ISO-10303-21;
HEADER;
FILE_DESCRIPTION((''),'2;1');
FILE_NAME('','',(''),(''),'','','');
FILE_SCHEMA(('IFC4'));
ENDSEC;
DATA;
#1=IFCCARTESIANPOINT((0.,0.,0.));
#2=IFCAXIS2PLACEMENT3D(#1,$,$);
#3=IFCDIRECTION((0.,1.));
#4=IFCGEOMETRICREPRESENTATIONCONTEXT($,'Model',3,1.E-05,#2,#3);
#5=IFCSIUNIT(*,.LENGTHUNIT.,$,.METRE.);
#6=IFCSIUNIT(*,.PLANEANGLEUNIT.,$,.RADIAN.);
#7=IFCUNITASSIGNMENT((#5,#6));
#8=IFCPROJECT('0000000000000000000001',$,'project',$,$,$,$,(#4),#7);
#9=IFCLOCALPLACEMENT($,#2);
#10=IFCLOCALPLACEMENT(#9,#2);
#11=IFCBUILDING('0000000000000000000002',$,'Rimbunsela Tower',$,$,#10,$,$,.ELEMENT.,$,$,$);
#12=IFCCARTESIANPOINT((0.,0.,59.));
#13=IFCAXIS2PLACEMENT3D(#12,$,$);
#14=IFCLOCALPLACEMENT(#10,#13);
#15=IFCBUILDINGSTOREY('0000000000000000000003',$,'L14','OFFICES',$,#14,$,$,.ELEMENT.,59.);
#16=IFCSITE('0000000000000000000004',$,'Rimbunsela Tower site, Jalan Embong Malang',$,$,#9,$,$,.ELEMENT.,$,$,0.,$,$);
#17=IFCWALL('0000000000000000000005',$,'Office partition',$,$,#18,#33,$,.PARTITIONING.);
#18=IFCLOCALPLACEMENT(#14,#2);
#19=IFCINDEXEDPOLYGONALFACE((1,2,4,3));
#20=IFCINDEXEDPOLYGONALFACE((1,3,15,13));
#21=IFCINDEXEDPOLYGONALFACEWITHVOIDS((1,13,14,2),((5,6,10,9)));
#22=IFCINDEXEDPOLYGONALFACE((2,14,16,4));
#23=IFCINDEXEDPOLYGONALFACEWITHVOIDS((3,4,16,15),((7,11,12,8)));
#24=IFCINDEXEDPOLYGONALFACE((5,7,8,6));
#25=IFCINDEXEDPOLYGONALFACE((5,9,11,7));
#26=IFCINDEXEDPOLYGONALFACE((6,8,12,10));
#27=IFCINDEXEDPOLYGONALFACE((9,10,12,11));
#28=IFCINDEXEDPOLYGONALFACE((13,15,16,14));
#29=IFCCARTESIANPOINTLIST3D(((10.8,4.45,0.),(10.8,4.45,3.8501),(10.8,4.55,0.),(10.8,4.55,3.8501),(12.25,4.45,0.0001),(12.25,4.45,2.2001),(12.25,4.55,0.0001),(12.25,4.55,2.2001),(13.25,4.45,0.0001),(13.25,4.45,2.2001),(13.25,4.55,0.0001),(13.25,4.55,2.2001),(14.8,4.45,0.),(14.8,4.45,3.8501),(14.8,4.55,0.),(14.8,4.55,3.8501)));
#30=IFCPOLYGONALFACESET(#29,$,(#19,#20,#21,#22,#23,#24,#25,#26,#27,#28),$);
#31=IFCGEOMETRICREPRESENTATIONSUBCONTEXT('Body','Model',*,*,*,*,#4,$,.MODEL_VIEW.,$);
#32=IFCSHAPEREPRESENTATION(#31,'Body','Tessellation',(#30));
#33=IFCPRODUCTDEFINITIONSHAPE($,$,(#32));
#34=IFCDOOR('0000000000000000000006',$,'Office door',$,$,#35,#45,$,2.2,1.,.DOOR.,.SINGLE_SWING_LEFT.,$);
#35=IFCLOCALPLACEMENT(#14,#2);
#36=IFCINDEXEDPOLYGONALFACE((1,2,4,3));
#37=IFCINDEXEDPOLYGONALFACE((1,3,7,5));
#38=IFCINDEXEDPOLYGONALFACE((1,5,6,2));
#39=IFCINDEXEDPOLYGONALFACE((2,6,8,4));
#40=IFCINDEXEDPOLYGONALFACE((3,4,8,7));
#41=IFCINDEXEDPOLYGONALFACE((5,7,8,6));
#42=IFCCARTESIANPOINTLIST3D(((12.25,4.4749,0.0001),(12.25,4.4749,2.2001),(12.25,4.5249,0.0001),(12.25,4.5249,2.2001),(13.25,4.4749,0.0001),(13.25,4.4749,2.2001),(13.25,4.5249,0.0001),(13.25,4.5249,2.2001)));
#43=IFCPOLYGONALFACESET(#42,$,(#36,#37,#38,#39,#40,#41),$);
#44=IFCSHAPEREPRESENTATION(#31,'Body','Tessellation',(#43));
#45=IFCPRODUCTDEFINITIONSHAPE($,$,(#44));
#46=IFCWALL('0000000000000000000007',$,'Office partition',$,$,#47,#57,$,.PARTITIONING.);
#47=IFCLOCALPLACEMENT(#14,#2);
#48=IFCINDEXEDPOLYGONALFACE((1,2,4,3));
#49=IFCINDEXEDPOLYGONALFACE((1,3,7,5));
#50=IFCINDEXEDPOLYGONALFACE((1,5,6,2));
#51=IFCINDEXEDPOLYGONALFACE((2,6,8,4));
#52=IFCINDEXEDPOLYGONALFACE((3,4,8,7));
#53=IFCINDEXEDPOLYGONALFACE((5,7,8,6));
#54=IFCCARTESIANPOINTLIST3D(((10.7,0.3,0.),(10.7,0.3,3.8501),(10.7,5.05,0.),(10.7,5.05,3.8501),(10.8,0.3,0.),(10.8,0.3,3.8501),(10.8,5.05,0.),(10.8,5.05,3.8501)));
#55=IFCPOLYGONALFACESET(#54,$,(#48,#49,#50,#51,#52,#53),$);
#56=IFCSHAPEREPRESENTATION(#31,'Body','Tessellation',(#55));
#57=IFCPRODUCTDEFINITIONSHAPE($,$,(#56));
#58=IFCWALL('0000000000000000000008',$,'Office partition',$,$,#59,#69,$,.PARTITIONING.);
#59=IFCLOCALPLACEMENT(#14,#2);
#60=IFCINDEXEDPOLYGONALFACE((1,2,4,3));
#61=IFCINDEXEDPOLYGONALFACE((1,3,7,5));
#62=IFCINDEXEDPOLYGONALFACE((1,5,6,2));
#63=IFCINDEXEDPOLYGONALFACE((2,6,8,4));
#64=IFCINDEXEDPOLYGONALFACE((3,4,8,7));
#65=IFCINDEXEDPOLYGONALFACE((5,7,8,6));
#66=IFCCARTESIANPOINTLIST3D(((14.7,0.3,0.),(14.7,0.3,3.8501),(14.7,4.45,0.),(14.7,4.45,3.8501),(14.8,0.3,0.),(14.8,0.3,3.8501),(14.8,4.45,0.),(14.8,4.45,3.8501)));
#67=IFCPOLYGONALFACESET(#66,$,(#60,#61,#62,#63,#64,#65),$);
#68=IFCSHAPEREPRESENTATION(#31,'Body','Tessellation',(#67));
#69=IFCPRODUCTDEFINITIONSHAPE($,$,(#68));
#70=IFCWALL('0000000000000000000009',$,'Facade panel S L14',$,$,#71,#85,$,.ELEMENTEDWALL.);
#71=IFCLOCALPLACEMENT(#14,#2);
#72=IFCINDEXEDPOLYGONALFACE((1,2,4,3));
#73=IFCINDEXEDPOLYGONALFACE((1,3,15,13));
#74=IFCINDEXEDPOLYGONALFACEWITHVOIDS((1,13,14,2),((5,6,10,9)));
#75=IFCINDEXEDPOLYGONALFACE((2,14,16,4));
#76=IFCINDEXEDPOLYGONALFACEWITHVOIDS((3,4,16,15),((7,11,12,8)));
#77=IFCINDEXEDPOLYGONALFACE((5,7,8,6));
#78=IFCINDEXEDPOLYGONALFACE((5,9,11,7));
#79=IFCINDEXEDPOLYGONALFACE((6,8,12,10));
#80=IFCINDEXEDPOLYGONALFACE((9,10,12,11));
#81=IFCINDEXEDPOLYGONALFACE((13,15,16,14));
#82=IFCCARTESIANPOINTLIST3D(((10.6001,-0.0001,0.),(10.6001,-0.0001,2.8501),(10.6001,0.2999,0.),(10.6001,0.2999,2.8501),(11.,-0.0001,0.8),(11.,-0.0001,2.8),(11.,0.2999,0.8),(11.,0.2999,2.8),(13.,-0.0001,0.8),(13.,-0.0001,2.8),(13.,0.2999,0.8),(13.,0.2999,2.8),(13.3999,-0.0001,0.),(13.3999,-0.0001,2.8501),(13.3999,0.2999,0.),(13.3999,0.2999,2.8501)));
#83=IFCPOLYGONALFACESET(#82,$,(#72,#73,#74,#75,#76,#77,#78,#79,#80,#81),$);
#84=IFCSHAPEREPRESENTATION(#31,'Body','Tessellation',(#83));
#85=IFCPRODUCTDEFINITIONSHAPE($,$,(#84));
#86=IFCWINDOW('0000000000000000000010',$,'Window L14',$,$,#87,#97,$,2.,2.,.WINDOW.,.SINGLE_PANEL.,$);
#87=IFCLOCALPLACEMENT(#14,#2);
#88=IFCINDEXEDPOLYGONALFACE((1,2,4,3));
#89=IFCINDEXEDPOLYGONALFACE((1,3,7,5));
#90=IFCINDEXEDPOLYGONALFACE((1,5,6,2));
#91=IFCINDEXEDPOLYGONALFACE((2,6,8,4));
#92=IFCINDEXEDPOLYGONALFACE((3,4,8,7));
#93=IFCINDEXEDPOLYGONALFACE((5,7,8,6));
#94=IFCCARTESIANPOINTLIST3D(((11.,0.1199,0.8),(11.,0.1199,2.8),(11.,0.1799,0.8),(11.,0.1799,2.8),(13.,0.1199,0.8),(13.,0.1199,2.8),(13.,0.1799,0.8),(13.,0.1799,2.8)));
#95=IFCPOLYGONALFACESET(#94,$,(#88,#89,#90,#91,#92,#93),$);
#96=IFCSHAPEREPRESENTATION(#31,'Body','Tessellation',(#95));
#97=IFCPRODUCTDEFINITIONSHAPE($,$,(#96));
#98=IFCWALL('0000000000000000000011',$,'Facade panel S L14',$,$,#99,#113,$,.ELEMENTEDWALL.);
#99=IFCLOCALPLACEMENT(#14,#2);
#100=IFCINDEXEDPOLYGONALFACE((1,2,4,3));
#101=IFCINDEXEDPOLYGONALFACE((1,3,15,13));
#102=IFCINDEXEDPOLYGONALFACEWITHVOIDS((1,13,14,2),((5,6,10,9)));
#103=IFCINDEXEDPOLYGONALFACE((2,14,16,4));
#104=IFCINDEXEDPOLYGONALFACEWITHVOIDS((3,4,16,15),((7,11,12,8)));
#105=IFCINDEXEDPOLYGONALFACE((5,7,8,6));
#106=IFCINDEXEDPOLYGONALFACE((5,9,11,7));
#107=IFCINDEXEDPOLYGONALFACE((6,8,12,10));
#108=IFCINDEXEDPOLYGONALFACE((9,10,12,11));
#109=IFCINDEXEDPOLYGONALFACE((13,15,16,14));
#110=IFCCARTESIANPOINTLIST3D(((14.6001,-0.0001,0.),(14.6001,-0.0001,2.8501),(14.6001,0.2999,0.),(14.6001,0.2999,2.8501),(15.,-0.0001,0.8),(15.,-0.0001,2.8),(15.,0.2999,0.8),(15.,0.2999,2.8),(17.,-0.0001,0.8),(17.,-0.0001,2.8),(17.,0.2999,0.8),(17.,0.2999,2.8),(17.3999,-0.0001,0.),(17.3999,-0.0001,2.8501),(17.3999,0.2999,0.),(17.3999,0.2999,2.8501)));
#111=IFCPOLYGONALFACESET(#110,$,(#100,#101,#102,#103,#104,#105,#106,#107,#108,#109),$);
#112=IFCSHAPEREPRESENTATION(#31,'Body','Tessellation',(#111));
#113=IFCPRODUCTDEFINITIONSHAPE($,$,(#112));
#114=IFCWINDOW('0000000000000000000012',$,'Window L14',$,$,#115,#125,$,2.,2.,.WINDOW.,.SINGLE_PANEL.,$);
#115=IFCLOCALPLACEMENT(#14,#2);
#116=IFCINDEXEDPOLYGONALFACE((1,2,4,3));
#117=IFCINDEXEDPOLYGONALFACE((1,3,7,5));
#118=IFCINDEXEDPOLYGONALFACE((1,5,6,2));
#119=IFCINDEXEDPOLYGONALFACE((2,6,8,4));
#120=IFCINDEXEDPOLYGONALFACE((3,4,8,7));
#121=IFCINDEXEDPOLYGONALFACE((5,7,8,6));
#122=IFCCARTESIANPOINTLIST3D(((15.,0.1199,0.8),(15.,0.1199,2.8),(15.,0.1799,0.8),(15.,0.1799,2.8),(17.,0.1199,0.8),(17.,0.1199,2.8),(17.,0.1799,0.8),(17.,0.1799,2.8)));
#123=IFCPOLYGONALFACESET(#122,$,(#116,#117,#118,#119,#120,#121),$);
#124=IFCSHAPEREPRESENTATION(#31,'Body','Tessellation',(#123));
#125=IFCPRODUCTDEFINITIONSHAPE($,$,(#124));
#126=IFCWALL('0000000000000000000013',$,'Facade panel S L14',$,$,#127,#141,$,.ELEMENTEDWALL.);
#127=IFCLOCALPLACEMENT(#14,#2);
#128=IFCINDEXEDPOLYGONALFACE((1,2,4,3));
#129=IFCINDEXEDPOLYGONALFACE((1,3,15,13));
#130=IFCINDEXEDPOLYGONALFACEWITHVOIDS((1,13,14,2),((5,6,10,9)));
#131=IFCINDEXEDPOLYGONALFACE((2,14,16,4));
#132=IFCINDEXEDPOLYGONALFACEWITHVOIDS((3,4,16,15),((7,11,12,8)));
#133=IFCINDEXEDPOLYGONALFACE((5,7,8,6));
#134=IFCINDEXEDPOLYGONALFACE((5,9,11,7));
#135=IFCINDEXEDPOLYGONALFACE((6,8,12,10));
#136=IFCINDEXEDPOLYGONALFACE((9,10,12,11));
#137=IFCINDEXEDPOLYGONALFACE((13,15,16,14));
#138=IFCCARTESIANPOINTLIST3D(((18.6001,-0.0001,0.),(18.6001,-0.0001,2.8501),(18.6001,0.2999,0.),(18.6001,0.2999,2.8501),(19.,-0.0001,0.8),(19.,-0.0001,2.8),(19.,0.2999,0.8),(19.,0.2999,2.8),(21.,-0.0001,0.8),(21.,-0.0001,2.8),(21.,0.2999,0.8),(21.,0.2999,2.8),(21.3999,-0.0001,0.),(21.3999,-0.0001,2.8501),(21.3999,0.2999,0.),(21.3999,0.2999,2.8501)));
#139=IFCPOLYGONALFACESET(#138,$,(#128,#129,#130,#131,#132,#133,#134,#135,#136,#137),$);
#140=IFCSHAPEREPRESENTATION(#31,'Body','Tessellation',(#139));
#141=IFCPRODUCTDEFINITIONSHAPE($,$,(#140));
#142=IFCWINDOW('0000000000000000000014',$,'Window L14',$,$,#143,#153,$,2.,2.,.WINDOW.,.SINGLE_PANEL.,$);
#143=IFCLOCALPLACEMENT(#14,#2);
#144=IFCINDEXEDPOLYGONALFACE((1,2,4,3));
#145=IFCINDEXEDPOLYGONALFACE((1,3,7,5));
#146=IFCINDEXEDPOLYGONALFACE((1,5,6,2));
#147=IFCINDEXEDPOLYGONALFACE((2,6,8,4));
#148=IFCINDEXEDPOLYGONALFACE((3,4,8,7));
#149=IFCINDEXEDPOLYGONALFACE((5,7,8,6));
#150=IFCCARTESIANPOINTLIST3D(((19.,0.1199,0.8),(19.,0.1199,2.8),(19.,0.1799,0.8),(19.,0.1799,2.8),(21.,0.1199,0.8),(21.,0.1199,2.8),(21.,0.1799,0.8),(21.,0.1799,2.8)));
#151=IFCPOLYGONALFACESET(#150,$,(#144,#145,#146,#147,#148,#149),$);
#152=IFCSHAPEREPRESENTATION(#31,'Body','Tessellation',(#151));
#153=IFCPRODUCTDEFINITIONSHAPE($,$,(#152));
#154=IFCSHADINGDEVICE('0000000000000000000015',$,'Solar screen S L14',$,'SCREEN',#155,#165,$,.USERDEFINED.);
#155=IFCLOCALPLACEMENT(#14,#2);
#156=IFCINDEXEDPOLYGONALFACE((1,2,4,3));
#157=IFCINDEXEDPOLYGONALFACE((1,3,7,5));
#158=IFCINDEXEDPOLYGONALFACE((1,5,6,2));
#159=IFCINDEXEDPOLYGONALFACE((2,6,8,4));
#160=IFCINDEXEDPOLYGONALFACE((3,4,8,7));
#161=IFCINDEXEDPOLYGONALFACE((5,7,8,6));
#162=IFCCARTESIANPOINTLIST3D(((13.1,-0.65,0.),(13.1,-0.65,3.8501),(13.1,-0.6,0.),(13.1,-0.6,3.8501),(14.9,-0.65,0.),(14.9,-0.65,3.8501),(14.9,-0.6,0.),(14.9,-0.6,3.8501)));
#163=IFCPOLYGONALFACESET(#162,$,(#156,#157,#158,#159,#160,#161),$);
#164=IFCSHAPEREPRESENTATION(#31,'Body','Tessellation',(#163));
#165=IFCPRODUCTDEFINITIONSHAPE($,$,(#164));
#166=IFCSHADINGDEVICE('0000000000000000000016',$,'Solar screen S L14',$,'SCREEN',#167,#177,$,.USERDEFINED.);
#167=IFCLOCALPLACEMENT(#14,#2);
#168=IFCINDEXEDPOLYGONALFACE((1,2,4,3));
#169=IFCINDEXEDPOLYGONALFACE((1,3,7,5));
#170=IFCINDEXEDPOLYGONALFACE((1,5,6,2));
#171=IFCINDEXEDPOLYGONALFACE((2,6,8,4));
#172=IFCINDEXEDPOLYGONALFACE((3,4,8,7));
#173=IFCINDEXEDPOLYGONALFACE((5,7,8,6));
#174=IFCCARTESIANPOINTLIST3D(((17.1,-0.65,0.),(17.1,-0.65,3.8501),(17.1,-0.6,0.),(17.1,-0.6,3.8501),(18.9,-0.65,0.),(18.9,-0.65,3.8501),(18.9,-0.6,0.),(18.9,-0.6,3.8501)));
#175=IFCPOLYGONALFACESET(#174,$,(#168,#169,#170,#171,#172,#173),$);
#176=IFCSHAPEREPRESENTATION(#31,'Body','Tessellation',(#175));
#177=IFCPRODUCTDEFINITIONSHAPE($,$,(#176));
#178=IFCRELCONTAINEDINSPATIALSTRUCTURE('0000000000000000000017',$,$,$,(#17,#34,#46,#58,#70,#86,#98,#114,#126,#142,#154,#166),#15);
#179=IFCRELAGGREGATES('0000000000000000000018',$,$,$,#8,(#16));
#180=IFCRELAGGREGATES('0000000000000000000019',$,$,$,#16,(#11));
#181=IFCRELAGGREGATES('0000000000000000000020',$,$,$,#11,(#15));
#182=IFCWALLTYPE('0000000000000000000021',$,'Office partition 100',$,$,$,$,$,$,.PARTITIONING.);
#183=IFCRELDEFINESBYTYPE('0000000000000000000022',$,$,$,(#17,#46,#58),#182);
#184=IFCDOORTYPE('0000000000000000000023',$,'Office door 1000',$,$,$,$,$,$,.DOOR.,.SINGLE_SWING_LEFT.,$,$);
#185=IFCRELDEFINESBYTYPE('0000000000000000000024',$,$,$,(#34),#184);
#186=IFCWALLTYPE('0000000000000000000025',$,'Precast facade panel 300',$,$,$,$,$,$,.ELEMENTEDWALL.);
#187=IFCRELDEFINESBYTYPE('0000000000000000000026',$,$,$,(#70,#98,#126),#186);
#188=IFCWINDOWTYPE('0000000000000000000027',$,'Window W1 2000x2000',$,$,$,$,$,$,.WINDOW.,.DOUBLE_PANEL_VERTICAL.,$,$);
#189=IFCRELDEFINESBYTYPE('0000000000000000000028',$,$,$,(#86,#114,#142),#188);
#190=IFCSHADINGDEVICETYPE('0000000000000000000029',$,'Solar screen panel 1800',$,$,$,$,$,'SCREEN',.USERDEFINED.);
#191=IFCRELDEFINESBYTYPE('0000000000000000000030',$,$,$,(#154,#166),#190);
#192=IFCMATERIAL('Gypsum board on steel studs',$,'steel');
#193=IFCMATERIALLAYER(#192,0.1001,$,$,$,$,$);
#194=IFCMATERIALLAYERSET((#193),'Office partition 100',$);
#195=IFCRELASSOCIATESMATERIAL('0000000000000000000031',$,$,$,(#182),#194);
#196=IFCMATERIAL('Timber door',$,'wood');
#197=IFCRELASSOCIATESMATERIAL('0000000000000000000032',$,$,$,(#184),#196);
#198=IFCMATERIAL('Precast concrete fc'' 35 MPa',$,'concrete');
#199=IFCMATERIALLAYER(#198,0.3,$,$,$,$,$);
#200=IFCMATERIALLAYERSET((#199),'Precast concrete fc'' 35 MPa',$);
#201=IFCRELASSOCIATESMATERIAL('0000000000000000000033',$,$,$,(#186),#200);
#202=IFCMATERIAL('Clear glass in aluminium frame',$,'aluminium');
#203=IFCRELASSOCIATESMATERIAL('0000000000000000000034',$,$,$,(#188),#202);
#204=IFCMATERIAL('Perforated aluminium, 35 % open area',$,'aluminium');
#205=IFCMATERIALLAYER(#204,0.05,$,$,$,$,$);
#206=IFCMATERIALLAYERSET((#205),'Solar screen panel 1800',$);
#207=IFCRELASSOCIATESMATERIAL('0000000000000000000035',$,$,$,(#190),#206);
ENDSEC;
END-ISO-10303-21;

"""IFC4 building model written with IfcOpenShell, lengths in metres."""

from ifc_helpers import new_model, si_unit, direction, frame, frame_2d, origin, origin_2d, place, context, subcontext, project, spatial, rectangle, extrude, material, layer, layer_set, type_object, element, fill, save


model = new_model("IFC4")

# Units and contexts
model_context = context("Model", 3, precision=1e-05, world=origin(), true_north=direction((0.0, 1.0)))
body_context = subcontext(model_context, "Body", "Model", "MODEL_VIEW")
ifc_project = project(units=[si_unit("LENGTHUNIT", "METRE"), si_unit("PLANEANGLEUNIT", "RADIAN")], contexts=[model_context])

# Site, building, storey
site_placement = place(None, origin())
site = spatial("IfcSite", under=ifc_project, at=site_placement, Name="Rimbunsela Tower site, Jalan Embong Malang", CompositionType="ELEMENT", RefElevation=0.0)
building_placement = place(site_placement, origin())
building = spatial("IfcBuilding", under=site, at=building_placement, Name="Rimbunsela Tower", CompositionType="ELEMENT")
storey_placement = place(building_placement, frame((0.0, 0.0, 59.0)))
storey = spatial("IfcBuildingStorey", under=building, at=storey_placement, Name="L14", Description="OFFICES", CompositionType="ELEMENT", Elevation=59.0)

# Wall, opening, door
ifc_material_1 = material(Name="Gypsum board on steel studs", Category="steel")
ifc_layer_1 = layer(ifc_material_1, 0.1001)
ifc_layer_set_1 = layer_set([ifc_layer_1], Name="Office partition 100")
wall_type_1 = type_object("IfcWallType", Name="Office partition 100", PredefinedType="PARTITIONING", material=ifc_layer_set_1)
wall_1_placement = place(storey_placement, frame((10.8, 4.5, 0.0), z_axis=(0.0, 0.0, 1.0), x_axis=(1.0, 0.0, 0.0)))
wall_1 = element("IfcWall", 1, at=wall_1_placement, inside=storey, type_object=wall_type_1, Name="Office partition", PredefinedType="PARTITIONING", context=body_context, shape_type="SweptSolid", body=[
    extrude(rectangle(XDim=4.0, YDim=0.1001, at=frame_2d((2.0, 0.0))), origin(), (0.0, 0.0, 1.0), 3.8501),
])
opening_1_placement = place(wall_1_placement, frame((1.45, 0.0, 0.0)))
opening_1 = element("IfcOpeningElement", 2, at=opening_1_placement, cuts=wall_1, PredefinedType="OPENING", context=body_context, shape_type="SweptSolid", body=[
    extrude(rectangle(XDim=1.0, YDim=2.2, at=frame_2d((0.5, 1.1001))), frame((0.0, 0.0601, 0.0), z_axis=(0.0, -1.0, 0.0), x_axis=(1.0, 0.0, 0.0)), (0.0, 0.0, 1.0), 0.1201),
])
ifc_material_2 = material(Name="Timber door", Category="wood")
door_type = type_object("IfcDoorType", Name="Office door 1000", OperationType="SINGLE_SWING_LEFT", PredefinedType="DOOR", material=ifc_material_2)
door_placement = place(opening_1_placement, origin())
door = element("IfcDoor", 3, at=door_placement, inside=storey, type_object=door_type, Name="Office door", OperationType="SINGLE_SWING_LEFT", OverallHeight=2.2, OverallWidth=1.0, PredefinedType="DOOR", context=body_context, shape_type="SweptSolid", body=[
    extrude(rectangle(XDim=1.0, YDim=2.2, at=frame_2d((0.5, 1.1001))), frame((0.0, 0.0249, 0.0), z_axis=(0.0, -1.0, 0.0), x_axis=(1.0, 0.0, 0.0)), (0.0, 0.0, 1.0), 0.05),
])
fill(opening_1, door)

# Walls
wall_2_placement = place(storey_placement, frame((10.75, 0.3, 0.0), z_axis=(0.0, 0.0, 1.0), x_axis=(0.0, 1.0, 0.0)))
element("IfcWall", 4, at=wall_2_placement, inside=storey, type_object=wall_type_1, Name="Office partition", PredefinedType="PARTITIONING", context=body_context, shape_type="SweptSolid", body=[
    extrude(rectangle(XDim=4.75, YDim=0.1001, at=frame_2d((2.375, 0.0))), origin(), (0.0, 0.0, 1.0), 3.8501),
])
wall_3_placement = place(storey_placement, frame((14.75, 0.3, 0.0), z_axis=(0.0, 0.0, 1.0), x_axis=(0.0, 1.0, 0.0)))
element("IfcWall", 5, at=wall_3_placement, inside=storey, type_object=wall_type_1, Name="Office partition", PredefinedType="PARTITIONING", context=body_context, shape_type="SweptSolid", body=[
    extrude(rectangle(XDim=4.1499, YDim=0.1001, at=frame_2d((2.075, 0.0))), origin(), (0.0, 0.0, 1.0), 3.8501),
])

# Walls, openings, windows
ifc_material_3 = material(Name="Precast concrete fc' 35 MPa", Category="concrete")
ifc_layer_2 = layer(ifc_material_3, 0.3)
ifc_layer_set_2 = layer_set([ifc_layer_2], Name="Precast concrete fc' 35 MPa")
wall_type_2 = type_object("IfcWallType", Name="Precast facade panel 300", PredefinedType="ELEMENTEDWALL", material=ifc_layer_set_2)
wall_4_placement = place(storey_placement, frame((10.6001, 0.1499, 0.0), z_axis=(0.0, 0.0, 1.0), x_axis=(1.0, 0.0, 0.0)))
wall_4 = element("IfcWall", 6, at=wall_4_placement, inside=storey, type_object=wall_type_2, Name="Facade panel S L14", PredefinedType="ELEMENTEDWALL", context=body_context, shape_type="SweptSolid", body=[
    extrude(rectangle(XDim=2.7998, YDim=0.3, at=frame_2d((1.3999, 0.0))), origin(), (0.0, 0.0, 1.0), 2.8501),
])
opening_2_placement = place(wall_4_placement, frame((0.3999, 0.0, 0.8)))
opening_2 = element("IfcOpeningElement", 7, at=opening_2_placement, cuts=wall_4, PredefinedType="OPENING", context=body_context, shape_type="SweptSolid", body=[
    extrude(rectangle(XDim=2.0, YDim=2.0, at=frame_2d((1.0, 1.0))), frame((0.0, 0.1599, 0.0), z_axis=(0.0, -1.0, 0.0), x_axis=(1.0, 0.0, 0.0)), (0.0, 0.0, 1.0), 0.3201),
])
ifc_material_4 = material(Name="Clear glass in aluminium frame", Category="aluminium")
window_type = type_object("IfcWindowType", Name="Window W1 2000x2000", PartitioningType="DOUBLE_PANEL_VERTICAL", PredefinedType="WINDOW", material=ifc_material_4)
window_1_placement = place(opening_2_placement, origin())
window_1 = element("IfcWindow", 8, at=window_1_placement, inside=storey, type_object=window_type, Name="Window L14", OverallHeight=2.0, OverallWidth=2.0, PartitioningType="SINGLE_PANEL", PredefinedType="WINDOW", context=body_context, shape_type="SweptSolid", body=[
    extrude(rectangle(XDim=2.0, YDim=2.0, at=frame_2d((1.0, 1.0))), frame((0.0, 0.03, 0.0), z_axis=(0.0, -1.0, 0.0), x_axis=(1.0, 0.0, 0.0)), (0.0, 0.0, 1.0), 0.0601),
])
fill(opening_2, window_1)
wall_5_placement = place(storey_placement, frame((14.6001, 0.1499, 0.0), z_axis=(0.0, 0.0, 1.0), x_axis=(1.0, 0.0, 0.0)))
wall_5 = element("IfcWall", 9, at=wall_5_placement, inside=storey, type_object=wall_type_2, Name="Facade panel S L14", PredefinedType="ELEMENTEDWALL", context=body_context, shape_type="SweptSolid", body=[
    extrude(rectangle(XDim=2.7998, YDim=0.3, at=frame_2d((1.3999, 0.0))), origin(), (0.0, 0.0, 1.0), 2.8501),
])
opening_3_placement = place(wall_5_placement, frame((0.3999, 0.0, 0.8)))
opening_3 = element("IfcOpeningElement", 10, at=opening_3_placement, cuts=wall_5, PredefinedType="OPENING", context=body_context, shape_type="SweptSolid", body=[
    extrude(rectangle(XDim=2.0, YDim=2.0, at=frame_2d((1.0, 1.0))), frame((0.0, 0.1599, 0.0), z_axis=(0.0, -1.0, 0.0), x_axis=(1.0, 0.0, 0.0)), (0.0, 0.0, 1.0), 0.3201),
])
window_2_placement = place(opening_3_placement, origin())
window_2 = element("IfcWindow", 11, at=window_2_placement, inside=storey, type_object=window_type, Name="Window L14", OverallHeight=2.0, OverallWidth=2.0, PartitioningType="SINGLE_PANEL", PredefinedType="WINDOW", context=body_context, shape_type="SweptSolid", body=[
    extrude(rectangle(XDim=2.0, YDim=2.0, at=frame_2d((1.0, 1.0))), frame((0.0, 0.03, 0.0), z_axis=(0.0, -1.0, 0.0), x_axis=(1.0, 0.0, 0.0)), (0.0, 0.0, 1.0), 0.0601),
])
fill(opening_3, window_2)
wall_6_placement = place(storey_placement, frame((18.6001, 0.1499, 0.0), z_axis=(0.0, 0.0, 1.0), x_axis=(1.0, 0.0, 0.0)))
wall_6 = element("IfcWall", 12, at=wall_6_placement, inside=storey, type_object=wall_type_2, Name="Facade panel S L14", PredefinedType="ELEMENTEDWALL", context=body_context, shape_type="SweptSolid", body=[
    extrude(rectangle(XDim=2.7998, YDim=0.3, at=frame_2d((1.3999, 0.0))), origin(), (0.0, 0.0, 1.0), 2.8501),
])
opening_4_placement = place(wall_6_placement, frame((0.3999, 0.0, 0.8)))
opening_4 = element("IfcOpeningElement", 13, at=opening_4_placement, cuts=wall_6, PredefinedType="OPENING", context=body_context, shape_type="SweptSolid", body=[
    extrude(rectangle(XDim=2.0, YDim=2.0, at=frame_2d((1.0, 1.0))), frame((0.0, 0.1599, 0.0), z_axis=(0.0, -1.0, 0.0), x_axis=(1.0, 0.0, 0.0)), (0.0, 0.0, 1.0), 0.3201),
])
window_3_placement = place(opening_4_placement, origin())
window_3 = element("IfcWindow", 14, at=window_3_placement, inside=storey, type_object=window_type, Name="Window L14", OverallHeight=2.0, OverallWidth=2.0, PartitioningType="SINGLE_PANEL", PredefinedType="WINDOW", context=body_context, shape_type="SweptSolid", body=[
    extrude(rectangle(XDim=2.0, YDim=2.0, at=frame_2d((1.0, 1.0))), frame((0.0, 0.03, 0.0), z_axis=(0.0, -1.0, 0.0), x_axis=(1.0, 0.0, 0.0)), (0.0, 0.0, 1.0), 0.0601),
])
fill(opening_4, window_3)

# Shading devices
ifc_material_5 = material(Name="Perforated aluminium, 35 % open area", Category="aluminium")
ifc_layer_3 = layer(ifc_material_5, 0.05)
ifc_layer_set_3 = layer_set([ifc_layer_3], Name="Solar screen panel 1800")
shading_device_type = type_object("IfcShadingDeviceType", Name="Solar screen panel 1800", ElementType="SCREEN", PredefinedType="USERDEFINED", material=ifc_layer_set_3)
for number, where, z_axis, x_axis, name in (
    (15, (14.0, -0.625, 0.0), (0.0, 0.0, 1.0), (1.0, 0.0, 0.0), "Solar screen S L14"),
    (16, (18.0, -0.625, 0.0), (0.0, 0.0, 1.0), (1.0, 0.0, 0.0), "Solar screen S L14"),
):
    element("IfcShadingDevice", number, at=place(storey_placement, frame(where, z_axis=z_axis, x_axis=x_axis)), inside=storey, type_object=shading_device_type, Name=name, ObjectType="SCREEN", PredefinedType="USERDEFINED", context=body_context, shape_type="SweptSolid", body=[
        extrude(rectangle(XDim=1.8, YDim=0.05, at=origin_2d()), origin(), (0.0, 0.0, 1.0), 3.8501),
    ])

save(model, "model.ifc")
